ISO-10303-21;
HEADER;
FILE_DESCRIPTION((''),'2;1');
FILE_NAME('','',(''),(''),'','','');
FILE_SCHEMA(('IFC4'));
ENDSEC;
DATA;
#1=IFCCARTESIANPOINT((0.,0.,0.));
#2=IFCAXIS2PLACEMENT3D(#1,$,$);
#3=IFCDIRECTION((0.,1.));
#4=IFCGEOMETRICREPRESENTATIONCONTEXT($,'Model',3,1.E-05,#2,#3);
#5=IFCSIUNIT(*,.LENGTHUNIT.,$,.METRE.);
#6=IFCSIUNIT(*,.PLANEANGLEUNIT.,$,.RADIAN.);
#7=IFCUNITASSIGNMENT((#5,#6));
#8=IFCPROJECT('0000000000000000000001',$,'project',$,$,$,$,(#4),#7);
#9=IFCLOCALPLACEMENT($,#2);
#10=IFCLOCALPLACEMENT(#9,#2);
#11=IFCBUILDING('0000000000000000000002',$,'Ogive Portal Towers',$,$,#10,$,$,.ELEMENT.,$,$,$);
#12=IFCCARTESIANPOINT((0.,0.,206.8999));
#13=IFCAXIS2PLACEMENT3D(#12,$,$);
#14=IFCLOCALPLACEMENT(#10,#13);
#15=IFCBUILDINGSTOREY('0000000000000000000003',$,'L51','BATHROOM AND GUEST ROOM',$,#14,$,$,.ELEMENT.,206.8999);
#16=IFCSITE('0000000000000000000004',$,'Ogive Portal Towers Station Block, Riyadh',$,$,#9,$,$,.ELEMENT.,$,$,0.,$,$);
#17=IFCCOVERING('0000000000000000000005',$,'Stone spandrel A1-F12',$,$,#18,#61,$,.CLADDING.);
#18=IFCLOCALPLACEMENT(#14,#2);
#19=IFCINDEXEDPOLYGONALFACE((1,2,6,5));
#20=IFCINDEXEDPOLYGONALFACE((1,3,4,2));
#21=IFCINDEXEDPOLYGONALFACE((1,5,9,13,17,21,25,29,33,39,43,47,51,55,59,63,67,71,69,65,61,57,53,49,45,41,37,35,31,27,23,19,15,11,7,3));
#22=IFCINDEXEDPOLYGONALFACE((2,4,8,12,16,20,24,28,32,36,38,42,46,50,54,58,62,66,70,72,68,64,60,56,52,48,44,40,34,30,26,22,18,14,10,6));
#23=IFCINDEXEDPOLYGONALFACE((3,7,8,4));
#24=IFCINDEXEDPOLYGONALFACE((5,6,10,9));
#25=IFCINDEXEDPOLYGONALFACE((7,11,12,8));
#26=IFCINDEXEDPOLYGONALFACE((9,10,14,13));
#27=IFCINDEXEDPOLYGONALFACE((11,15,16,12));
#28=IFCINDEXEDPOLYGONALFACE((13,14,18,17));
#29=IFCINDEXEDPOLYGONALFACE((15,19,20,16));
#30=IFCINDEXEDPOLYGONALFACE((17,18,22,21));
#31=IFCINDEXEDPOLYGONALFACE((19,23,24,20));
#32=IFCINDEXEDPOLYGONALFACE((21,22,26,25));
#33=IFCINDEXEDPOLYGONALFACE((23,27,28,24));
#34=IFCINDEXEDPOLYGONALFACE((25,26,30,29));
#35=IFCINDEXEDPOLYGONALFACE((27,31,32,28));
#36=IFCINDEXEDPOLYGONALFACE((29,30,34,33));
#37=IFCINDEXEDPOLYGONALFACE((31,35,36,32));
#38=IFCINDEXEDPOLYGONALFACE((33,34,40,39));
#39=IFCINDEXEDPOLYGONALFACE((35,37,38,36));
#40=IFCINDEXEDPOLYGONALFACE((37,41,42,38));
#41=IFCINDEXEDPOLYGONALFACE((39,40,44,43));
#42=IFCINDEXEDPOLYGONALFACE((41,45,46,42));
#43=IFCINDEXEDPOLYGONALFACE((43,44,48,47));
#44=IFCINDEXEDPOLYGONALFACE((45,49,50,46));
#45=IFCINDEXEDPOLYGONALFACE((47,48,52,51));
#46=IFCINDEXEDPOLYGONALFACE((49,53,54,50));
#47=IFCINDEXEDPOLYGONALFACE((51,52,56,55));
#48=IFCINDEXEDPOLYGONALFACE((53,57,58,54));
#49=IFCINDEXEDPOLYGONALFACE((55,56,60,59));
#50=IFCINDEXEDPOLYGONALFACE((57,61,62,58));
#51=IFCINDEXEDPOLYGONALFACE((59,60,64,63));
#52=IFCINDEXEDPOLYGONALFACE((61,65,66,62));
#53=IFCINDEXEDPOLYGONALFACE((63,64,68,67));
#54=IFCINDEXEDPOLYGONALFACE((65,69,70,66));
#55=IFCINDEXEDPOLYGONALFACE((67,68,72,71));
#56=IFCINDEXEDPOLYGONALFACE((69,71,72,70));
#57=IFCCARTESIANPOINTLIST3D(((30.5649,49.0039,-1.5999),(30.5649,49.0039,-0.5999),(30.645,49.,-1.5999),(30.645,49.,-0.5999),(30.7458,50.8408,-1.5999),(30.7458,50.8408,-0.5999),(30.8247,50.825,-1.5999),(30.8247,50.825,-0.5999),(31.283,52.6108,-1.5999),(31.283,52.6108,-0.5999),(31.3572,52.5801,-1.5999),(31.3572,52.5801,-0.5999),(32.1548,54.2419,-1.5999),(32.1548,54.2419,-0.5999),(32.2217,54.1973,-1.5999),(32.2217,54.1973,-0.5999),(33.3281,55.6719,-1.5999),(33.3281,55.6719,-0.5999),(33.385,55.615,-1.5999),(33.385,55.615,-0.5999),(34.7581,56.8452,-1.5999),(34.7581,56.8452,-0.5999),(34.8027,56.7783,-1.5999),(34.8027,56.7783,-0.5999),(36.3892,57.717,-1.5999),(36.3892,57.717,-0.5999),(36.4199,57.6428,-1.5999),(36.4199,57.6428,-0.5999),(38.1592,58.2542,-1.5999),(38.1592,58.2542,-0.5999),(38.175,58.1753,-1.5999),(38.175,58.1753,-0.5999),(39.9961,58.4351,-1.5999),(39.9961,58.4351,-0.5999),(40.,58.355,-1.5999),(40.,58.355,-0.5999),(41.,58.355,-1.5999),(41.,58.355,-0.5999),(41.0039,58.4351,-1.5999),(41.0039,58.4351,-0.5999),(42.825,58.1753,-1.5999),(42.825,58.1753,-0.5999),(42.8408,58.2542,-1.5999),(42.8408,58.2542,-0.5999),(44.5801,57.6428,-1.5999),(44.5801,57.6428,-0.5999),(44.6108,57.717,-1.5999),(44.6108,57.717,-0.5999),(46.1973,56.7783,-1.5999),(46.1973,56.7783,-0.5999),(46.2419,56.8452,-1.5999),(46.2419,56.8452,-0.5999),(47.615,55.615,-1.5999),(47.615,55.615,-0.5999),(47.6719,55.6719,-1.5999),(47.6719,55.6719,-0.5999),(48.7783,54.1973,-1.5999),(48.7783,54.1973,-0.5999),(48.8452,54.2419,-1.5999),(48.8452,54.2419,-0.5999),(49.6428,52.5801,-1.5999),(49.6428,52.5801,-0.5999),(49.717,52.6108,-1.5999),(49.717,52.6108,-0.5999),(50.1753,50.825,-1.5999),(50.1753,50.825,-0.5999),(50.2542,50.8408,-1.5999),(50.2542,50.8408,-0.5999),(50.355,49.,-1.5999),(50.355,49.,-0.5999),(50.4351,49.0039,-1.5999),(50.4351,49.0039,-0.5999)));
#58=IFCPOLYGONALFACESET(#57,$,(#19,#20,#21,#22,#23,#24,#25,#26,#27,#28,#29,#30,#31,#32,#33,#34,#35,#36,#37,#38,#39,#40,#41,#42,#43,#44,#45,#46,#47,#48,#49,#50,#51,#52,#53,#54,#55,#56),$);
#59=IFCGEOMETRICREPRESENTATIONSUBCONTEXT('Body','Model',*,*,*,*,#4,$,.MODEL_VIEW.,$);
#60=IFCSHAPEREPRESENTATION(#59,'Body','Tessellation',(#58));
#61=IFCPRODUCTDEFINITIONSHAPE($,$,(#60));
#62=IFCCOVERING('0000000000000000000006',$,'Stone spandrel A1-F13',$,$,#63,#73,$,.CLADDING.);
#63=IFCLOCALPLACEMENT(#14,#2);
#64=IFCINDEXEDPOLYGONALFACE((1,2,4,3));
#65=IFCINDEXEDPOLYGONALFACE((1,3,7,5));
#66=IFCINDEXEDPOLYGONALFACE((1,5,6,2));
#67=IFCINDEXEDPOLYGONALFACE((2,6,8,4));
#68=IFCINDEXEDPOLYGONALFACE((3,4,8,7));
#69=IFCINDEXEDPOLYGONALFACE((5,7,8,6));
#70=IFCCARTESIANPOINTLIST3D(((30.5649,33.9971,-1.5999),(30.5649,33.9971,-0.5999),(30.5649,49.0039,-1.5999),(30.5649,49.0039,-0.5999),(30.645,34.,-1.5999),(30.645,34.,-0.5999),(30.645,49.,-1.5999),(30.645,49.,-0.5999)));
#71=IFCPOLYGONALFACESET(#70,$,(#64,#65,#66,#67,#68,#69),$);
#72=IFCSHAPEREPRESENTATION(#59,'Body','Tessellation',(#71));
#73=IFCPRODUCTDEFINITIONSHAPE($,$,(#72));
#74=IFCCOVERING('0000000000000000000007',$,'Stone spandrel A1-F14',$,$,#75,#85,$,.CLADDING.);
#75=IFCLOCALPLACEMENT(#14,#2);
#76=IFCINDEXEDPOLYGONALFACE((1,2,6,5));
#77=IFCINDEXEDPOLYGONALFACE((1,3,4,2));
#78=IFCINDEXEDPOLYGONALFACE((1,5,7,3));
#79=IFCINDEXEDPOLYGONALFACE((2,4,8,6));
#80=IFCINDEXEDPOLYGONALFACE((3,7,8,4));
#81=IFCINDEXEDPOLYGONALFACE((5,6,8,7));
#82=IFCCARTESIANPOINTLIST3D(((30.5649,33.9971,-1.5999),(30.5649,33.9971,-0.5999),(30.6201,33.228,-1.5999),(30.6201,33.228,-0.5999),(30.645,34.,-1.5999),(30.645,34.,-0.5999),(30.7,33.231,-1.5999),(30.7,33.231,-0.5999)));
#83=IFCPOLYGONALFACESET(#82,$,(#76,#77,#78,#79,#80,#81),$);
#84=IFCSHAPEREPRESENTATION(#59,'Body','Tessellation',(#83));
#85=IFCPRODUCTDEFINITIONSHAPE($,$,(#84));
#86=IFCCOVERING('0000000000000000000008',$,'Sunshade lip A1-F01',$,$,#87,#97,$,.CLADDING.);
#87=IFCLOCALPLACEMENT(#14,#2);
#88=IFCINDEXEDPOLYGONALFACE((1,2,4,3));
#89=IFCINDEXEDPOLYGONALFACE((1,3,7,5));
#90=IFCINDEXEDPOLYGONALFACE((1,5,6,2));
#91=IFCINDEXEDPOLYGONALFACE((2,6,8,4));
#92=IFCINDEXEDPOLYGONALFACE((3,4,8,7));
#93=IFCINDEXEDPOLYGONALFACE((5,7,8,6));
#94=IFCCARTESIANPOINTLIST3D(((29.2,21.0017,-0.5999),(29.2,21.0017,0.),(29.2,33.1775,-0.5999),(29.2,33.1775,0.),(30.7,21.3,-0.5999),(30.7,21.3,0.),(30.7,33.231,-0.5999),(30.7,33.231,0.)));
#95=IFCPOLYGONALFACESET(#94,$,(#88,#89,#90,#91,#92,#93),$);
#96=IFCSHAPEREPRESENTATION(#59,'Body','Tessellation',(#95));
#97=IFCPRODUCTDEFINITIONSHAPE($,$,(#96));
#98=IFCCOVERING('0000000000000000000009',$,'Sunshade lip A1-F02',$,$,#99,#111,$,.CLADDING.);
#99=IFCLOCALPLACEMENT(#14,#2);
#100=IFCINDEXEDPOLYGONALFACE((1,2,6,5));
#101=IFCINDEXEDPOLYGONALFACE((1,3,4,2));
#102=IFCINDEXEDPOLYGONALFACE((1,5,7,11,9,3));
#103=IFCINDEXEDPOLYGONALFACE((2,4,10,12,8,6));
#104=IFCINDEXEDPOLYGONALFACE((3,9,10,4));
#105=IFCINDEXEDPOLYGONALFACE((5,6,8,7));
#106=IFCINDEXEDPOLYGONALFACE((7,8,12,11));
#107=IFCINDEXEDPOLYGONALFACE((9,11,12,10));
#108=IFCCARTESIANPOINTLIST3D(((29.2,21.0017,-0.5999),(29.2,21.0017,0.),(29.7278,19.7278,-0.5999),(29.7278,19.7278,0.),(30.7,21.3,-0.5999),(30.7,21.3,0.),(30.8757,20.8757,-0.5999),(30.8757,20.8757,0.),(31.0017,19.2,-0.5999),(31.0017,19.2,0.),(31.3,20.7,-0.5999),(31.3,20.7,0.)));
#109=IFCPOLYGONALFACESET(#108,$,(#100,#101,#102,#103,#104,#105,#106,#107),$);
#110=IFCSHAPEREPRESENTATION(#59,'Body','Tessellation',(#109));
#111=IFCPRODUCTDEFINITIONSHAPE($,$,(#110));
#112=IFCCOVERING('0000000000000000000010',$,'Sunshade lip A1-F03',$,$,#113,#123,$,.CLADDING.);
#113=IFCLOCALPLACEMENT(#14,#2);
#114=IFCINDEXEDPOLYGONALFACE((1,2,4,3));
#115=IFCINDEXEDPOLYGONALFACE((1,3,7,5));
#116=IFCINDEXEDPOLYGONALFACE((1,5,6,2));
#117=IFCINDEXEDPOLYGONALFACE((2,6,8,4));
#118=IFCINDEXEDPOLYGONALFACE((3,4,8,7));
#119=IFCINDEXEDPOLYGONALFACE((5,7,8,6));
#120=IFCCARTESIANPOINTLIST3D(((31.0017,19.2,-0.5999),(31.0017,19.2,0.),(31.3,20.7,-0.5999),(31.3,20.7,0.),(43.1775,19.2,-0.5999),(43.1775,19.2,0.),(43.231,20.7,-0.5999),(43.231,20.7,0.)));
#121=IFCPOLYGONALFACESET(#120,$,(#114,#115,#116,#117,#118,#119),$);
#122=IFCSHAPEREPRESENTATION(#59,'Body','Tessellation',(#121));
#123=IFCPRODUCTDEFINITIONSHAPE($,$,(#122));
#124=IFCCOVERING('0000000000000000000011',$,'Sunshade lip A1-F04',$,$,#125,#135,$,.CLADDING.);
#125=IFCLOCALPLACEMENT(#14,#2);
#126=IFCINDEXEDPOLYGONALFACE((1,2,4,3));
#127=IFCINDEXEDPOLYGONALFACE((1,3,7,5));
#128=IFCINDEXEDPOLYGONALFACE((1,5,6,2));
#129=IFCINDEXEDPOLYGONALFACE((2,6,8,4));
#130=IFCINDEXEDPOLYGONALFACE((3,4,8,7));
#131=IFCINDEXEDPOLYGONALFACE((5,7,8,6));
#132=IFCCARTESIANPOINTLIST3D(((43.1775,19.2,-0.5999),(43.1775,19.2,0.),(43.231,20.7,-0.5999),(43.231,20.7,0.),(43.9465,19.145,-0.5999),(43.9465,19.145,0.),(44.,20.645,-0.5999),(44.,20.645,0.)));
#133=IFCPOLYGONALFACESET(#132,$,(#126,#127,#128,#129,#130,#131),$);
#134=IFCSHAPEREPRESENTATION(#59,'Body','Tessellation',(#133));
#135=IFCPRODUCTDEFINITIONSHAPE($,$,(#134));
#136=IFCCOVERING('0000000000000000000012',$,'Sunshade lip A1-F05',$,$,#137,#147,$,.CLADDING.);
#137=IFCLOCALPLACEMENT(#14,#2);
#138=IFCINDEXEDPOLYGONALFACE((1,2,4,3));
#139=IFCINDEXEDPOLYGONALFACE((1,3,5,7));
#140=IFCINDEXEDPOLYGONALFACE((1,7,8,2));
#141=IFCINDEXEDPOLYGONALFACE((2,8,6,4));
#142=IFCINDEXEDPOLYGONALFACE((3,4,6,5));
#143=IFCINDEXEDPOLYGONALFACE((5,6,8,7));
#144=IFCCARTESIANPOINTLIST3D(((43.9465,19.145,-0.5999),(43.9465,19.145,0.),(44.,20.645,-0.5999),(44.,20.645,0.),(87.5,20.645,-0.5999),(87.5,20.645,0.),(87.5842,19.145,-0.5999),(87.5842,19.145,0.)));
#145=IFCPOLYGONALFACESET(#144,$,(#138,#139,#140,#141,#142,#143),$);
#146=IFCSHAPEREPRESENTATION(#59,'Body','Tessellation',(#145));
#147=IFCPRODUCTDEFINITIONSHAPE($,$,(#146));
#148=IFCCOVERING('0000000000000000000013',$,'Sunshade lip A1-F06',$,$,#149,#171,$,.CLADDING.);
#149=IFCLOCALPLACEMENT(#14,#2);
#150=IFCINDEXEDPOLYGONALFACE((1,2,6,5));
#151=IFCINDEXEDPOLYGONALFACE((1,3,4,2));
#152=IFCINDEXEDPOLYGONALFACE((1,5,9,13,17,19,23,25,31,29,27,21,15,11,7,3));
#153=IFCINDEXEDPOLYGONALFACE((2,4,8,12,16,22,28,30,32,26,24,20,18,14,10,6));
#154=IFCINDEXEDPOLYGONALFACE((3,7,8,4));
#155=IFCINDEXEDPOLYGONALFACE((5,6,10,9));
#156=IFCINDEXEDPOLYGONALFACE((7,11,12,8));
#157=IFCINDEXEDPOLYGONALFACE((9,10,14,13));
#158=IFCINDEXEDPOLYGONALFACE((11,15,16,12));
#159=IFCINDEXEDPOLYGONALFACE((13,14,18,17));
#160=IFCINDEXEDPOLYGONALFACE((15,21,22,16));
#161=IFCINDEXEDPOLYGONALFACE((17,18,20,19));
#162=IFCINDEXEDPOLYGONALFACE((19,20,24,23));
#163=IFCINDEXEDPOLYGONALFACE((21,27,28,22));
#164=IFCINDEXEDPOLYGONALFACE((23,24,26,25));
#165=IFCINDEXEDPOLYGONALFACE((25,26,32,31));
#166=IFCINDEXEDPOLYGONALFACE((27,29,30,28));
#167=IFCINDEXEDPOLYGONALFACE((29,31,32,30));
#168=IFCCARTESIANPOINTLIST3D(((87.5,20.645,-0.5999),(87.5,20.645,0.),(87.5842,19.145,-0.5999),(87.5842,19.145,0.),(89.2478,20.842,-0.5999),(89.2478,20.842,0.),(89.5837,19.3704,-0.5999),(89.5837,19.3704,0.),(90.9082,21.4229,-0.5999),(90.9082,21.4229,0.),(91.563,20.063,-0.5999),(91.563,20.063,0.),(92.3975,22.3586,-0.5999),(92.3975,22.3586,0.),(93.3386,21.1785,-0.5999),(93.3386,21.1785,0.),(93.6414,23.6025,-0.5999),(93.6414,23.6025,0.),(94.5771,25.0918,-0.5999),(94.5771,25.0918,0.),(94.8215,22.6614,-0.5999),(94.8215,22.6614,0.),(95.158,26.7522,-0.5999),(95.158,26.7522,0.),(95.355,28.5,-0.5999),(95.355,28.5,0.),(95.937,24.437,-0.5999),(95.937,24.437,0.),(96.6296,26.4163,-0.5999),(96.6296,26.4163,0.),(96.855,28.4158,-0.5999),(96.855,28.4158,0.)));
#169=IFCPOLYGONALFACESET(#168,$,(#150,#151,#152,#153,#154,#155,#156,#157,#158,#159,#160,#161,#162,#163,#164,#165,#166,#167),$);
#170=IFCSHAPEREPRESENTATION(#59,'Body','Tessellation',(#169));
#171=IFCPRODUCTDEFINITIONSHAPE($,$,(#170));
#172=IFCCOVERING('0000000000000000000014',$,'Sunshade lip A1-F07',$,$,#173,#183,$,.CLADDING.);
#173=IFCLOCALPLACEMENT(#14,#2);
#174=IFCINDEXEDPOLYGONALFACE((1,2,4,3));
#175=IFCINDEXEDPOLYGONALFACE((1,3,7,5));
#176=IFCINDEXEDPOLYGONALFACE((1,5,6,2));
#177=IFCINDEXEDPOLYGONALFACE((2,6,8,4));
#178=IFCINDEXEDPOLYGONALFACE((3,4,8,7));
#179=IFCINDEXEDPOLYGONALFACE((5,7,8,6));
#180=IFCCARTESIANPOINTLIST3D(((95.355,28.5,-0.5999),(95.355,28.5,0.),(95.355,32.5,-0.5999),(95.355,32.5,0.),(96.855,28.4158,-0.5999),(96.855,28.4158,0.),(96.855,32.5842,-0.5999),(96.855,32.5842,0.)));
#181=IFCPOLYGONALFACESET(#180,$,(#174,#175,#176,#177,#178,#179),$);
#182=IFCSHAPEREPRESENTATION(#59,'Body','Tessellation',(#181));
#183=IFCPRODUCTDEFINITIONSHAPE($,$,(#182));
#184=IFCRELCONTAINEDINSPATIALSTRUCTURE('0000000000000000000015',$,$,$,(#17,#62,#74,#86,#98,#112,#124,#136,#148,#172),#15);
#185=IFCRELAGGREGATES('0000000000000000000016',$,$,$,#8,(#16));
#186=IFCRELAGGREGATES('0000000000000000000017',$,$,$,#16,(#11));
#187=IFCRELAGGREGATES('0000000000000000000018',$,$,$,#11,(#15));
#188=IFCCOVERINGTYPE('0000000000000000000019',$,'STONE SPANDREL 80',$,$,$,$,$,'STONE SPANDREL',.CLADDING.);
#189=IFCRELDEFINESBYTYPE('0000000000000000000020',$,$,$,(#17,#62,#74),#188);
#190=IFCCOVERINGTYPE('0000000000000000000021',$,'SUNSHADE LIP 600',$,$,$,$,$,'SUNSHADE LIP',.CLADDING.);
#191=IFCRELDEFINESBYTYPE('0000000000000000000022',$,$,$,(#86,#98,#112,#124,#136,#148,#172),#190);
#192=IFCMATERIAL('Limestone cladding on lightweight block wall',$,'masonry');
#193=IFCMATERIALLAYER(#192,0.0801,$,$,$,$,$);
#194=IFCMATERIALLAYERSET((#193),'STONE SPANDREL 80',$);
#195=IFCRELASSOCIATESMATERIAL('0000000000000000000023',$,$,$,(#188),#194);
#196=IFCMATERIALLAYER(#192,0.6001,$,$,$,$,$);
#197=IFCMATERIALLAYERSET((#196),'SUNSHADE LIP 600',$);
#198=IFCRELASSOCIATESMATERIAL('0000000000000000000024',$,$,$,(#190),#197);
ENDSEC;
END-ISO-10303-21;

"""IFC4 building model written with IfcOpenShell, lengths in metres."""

from ifc_helpers import new_model, si_unit, direction, frame, origin, place, context, subcontext, project, spatial, polyline, outline, extrude, material, layer, layer_set, type_object, element, save


model = new_model("IFC4")

# Units and contexts
model_context = context("Model", 3, precision=1e-05, world=origin(), true_north=direction((0.0, 1.0)))
body_context = subcontext(model_context, "Body", "Model", "MODEL_VIEW")
ifc_project = project(units=[si_unit("LENGTHUNIT", "METRE"), si_unit("PLANEANGLEUNIT", "RADIAN")], contexts=[model_context])

# Site, building, storey
site_placement = place(None, origin())
site = spatial("IfcSite", under=ifc_project, at=site_placement, Name="Ogive Portal Towers Station Block, Riyadh", CompositionType="ELEMENT", RefElevation=0.0)
building_placement = place(site_placement, origin())
building = spatial("IfcBuilding", under=site, at=building_placement, Name="Ogive Portal Towers", CompositionType="ELEMENT")
storey_placement = place(building_placement, frame((0.0, 0.0, 206.8999)))
storey = spatial("IfcBuildingStorey", under=building, at=storey_placement, Name="L51", Description="BATHROOM AND GUEST ROOM", CompositionType="ELEMENT", Elevation=206.8999)

# Coverings
ifc_material_1 = material(Name="Limestone cladding on lightweight block wall", Category="masonry")
ifc_layer_1 = layer(ifc_material_1, 0.0801)
ifc_layer_set_1 = layer_set([ifc_layer_1], Name="STONE SPANDREL 80")
covering_type_1 = type_object("IfcCoveringType", Name="STONE SPANDREL 80", ElementType="STONE SPANDREL", PredefinedType="CLADDING", material=ifc_layer_set_1)
covering_1_placement = place(storey_placement, frame((0.0, 0.0, -1.5999)))
element("IfcCovering", 1, at=covering_1_placement, inside=storey, type_object=covering_type_1, Name="Stone spandrel A1-F12", PredefinedType="CLADDING", context=body_context, shape_type="SweptSolid", body=[
    extrude(outline(polyline([(50.355, 49.0), (50.1753, 50.825), (49.6428, 52.5801), (48.7783, 54.1973), (47.615, 55.615), (46.1973, 56.7783), (44.5801, 57.6428), (42.825, 58.1753), (41.0, 58.355), (40.0, 58.355), (38.175, 58.1753), (36.4199, 57.6428), (34.8027, 56.7783), (33.385, 55.615), (32.2217, 54.1973), (31.3572, 52.5801), (30.8247, 50.825), (30.645, 49.0), (30.5649, 49.0039), (30.7458, 50.8408), (31.283, 52.6108), (32.1548, 54.2419), (33.3281, 55.6719), (34.7581, 56.8452), (36.3892, 57.717), (38.1592, 58.2542), (39.9961, 58.4351), (41.0039, 58.4351), (42.8408, 58.2542), (44.6108, 57.717), (46.2419, 56.8452), (47.6719, 55.6719), (48.8452, 54.2419), (49.717, 52.6108), (50.2542, 50.8408), (50.4351, 49.0039), (50.355, 49.0)])), origin(), (0.0, 0.0, 1.0), 1.0),
])
covering_2_placement = place(storey_placement, frame((0.0, 0.0, -1.5999)))
element("IfcCovering", 2, at=covering_2_placement, inside=storey, type_object=covering_type_1, Name="Stone spandrel A1-F13", PredefinedType="CLADDING", context=body_context, shape_type="SweptSolid", body=[
    extrude(outline(polyline([(30.645, 49.0), (30.645, 34.0), (30.5649, 33.9971), (30.5649, 49.0039), (30.645, 49.0)])), origin(), (0.0, 0.0, 1.0), 1.0),
])
covering_3_placement = place(storey_placement, frame((0.0, 0.0, -1.5999)))
element("IfcCovering", 3, at=covering_3_placement, inside=storey, type_object=covering_type_1, Name="Stone spandrel A1-F14", PredefinedType="CLADDING", context=body_context, shape_type="SweptSolid", body=[
    extrude(outline(polyline([(30.645, 34.0), (30.7, 33.231), (30.6201, 33.228), (30.5649, 33.9971), (30.645, 34.0)])), origin(), (0.0, 0.0, 1.0), 1.0),
])
ifc_layer_2 = layer(ifc_material_1, 0.6001)
ifc_layer_set_2 = layer_set([ifc_layer_2], Name="SUNSHADE LIP 600")
covering_type_2 = type_object("IfcCoveringType", Name="SUNSHADE LIP 600", ElementType="SUNSHADE LIP", PredefinedType="CLADDING", material=ifc_layer_set_2)
covering_4_placement = place(storey_placement, frame((0.0, 0.0, -0.5999)))
element("IfcCovering", 4, at=covering_4_placement, inside=storey, type_object=covering_type_2, Name="Sunshade lip A1-F01", PredefinedType="CLADDING", context=body_context, shape_type="SweptSolid", body=[
    extrude(outline(polyline([(30.7, 33.231), (30.7, 21.3), (29.2, 21.0017), (29.2, 33.1775), (30.7, 33.231)])), origin(), (0.0, 0.0, 1.0), 0.5999),
])
covering_5_placement = place(storey_placement, frame((0.0, 0.0, -0.5999)))
element("IfcCovering", 5, at=covering_5_placement, inside=storey, type_object=covering_type_2, Name="Sunshade lip A1-F02", PredefinedType="CLADDING", context=body_context, shape_type="SweptSolid", body=[
    extrude(outline(polyline([(30.7, 21.3), (30.8757, 20.8757), (31.3, 20.7), (31.0017, 19.2), (29.7278, 19.7278), (29.2, 21.0017), (30.7, 21.3)])), origin(), (0.0, 0.0, 1.0), 0.5999),
])
covering_6_placement = place(storey_placement, frame((0.0, 0.0, -0.5999)))
element("IfcCovering", 6, at=covering_6_placement, inside=storey, type_object=covering_type_2, Name="Sunshade lip A1-F03", PredefinedType="CLADDING", context=body_context, shape_type="SweptSolid", body=[
    extrude(outline(polyline([(31.3, 20.7), (43.231, 20.7), (43.1775, 19.2), (31.0017, 19.2), (31.3, 20.7)])), origin(), (0.0, 0.0, 1.0), 0.5999),
])
covering_7_placement = place(storey_placement, frame((0.0, 0.0, -0.5999)))
element("IfcCovering", 7, at=covering_7_placement, inside=storey, type_object=covering_type_2, Name="Sunshade lip A1-F04", PredefinedType="CLADDING", context=body_context, shape_type="SweptSolid", body=[
    extrude(outline(polyline([(43.231, 20.7), (44.0, 20.645), (43.9465, 19.145), (43.1775, 19.2), (43.231, 20.7)])), origin(), (0.0, 0.0, 1.0), 0.5999),
])
covering_8_placement = place(storey_placement, frame((0.0, 0.0, -0.5999)))
element("IfcCovering", 8, at=covering_8_placement, inside=storey, type_object=covering_type_2, Name="Sunshade lip A1-F05", PredefinedType="CLADDING", context=body_context, shape_type="SweptSolid", body=[
    extrude(outline(polyline([(44.0, 20.645), (87.5, 20.645), (87.5842, 19.145), (43.9465, 19.145), (44.0, 20.645)])), origin(), (0.0, 0.0, 1.0), 0.5999),
])
covering_9_placement = place(storey_placement, frame((0.0, 0.0, -0.5999)))
element("IfcCovering", 9, at=covering_9_placement, inside=storey, type_object=covering_type_2, Name="Sunshade lip A1-F06", PredefinedType="CLADDING", context=body_context, shape_type="SweptSolid", body=[
    extrude(outline(polyline([(87.5, 20.645), (89.2478, 20.842), (90.9082, 21.4229), (92.3975, 22.3586), (93.6414, 23.6025), (94.5771, 25.0918), (95.158, 26.7522), (95.355, 28.5), (96.855, 28.4158), (96.6296, 26.4163), (95.937, 24.437), (94.8215, 22.6614), (93.3386, 21.1785), (91.563, 20.063), (89.5837, 19.3704), (87.5842, 19.145), (87.5, 20.645)])), origin(), (0.0, 0.0, 1.0), 0.5999),
])
covering_10_placement = place(storey_placement, frame((0.0, 0.0, -0.5999)))
element("IfcCovering", 10, at=covering_10_placement, inside=storey, type_object=covering_type_2, Name="Sunshade lip A1-F07", PredefinedType="CLADDING", context=body_context, shape_type="SweptSolid", body=[
    extrude(outline(polyline([(95.355, 28.5), (95.355, 32.5), (96.855, 32.5842), (96.855, 28.4158), (95.355, 28.5)])), origin(), (0.0, 0.0, 1.0), 0.5999),
])

save(model, "model.ifc")
